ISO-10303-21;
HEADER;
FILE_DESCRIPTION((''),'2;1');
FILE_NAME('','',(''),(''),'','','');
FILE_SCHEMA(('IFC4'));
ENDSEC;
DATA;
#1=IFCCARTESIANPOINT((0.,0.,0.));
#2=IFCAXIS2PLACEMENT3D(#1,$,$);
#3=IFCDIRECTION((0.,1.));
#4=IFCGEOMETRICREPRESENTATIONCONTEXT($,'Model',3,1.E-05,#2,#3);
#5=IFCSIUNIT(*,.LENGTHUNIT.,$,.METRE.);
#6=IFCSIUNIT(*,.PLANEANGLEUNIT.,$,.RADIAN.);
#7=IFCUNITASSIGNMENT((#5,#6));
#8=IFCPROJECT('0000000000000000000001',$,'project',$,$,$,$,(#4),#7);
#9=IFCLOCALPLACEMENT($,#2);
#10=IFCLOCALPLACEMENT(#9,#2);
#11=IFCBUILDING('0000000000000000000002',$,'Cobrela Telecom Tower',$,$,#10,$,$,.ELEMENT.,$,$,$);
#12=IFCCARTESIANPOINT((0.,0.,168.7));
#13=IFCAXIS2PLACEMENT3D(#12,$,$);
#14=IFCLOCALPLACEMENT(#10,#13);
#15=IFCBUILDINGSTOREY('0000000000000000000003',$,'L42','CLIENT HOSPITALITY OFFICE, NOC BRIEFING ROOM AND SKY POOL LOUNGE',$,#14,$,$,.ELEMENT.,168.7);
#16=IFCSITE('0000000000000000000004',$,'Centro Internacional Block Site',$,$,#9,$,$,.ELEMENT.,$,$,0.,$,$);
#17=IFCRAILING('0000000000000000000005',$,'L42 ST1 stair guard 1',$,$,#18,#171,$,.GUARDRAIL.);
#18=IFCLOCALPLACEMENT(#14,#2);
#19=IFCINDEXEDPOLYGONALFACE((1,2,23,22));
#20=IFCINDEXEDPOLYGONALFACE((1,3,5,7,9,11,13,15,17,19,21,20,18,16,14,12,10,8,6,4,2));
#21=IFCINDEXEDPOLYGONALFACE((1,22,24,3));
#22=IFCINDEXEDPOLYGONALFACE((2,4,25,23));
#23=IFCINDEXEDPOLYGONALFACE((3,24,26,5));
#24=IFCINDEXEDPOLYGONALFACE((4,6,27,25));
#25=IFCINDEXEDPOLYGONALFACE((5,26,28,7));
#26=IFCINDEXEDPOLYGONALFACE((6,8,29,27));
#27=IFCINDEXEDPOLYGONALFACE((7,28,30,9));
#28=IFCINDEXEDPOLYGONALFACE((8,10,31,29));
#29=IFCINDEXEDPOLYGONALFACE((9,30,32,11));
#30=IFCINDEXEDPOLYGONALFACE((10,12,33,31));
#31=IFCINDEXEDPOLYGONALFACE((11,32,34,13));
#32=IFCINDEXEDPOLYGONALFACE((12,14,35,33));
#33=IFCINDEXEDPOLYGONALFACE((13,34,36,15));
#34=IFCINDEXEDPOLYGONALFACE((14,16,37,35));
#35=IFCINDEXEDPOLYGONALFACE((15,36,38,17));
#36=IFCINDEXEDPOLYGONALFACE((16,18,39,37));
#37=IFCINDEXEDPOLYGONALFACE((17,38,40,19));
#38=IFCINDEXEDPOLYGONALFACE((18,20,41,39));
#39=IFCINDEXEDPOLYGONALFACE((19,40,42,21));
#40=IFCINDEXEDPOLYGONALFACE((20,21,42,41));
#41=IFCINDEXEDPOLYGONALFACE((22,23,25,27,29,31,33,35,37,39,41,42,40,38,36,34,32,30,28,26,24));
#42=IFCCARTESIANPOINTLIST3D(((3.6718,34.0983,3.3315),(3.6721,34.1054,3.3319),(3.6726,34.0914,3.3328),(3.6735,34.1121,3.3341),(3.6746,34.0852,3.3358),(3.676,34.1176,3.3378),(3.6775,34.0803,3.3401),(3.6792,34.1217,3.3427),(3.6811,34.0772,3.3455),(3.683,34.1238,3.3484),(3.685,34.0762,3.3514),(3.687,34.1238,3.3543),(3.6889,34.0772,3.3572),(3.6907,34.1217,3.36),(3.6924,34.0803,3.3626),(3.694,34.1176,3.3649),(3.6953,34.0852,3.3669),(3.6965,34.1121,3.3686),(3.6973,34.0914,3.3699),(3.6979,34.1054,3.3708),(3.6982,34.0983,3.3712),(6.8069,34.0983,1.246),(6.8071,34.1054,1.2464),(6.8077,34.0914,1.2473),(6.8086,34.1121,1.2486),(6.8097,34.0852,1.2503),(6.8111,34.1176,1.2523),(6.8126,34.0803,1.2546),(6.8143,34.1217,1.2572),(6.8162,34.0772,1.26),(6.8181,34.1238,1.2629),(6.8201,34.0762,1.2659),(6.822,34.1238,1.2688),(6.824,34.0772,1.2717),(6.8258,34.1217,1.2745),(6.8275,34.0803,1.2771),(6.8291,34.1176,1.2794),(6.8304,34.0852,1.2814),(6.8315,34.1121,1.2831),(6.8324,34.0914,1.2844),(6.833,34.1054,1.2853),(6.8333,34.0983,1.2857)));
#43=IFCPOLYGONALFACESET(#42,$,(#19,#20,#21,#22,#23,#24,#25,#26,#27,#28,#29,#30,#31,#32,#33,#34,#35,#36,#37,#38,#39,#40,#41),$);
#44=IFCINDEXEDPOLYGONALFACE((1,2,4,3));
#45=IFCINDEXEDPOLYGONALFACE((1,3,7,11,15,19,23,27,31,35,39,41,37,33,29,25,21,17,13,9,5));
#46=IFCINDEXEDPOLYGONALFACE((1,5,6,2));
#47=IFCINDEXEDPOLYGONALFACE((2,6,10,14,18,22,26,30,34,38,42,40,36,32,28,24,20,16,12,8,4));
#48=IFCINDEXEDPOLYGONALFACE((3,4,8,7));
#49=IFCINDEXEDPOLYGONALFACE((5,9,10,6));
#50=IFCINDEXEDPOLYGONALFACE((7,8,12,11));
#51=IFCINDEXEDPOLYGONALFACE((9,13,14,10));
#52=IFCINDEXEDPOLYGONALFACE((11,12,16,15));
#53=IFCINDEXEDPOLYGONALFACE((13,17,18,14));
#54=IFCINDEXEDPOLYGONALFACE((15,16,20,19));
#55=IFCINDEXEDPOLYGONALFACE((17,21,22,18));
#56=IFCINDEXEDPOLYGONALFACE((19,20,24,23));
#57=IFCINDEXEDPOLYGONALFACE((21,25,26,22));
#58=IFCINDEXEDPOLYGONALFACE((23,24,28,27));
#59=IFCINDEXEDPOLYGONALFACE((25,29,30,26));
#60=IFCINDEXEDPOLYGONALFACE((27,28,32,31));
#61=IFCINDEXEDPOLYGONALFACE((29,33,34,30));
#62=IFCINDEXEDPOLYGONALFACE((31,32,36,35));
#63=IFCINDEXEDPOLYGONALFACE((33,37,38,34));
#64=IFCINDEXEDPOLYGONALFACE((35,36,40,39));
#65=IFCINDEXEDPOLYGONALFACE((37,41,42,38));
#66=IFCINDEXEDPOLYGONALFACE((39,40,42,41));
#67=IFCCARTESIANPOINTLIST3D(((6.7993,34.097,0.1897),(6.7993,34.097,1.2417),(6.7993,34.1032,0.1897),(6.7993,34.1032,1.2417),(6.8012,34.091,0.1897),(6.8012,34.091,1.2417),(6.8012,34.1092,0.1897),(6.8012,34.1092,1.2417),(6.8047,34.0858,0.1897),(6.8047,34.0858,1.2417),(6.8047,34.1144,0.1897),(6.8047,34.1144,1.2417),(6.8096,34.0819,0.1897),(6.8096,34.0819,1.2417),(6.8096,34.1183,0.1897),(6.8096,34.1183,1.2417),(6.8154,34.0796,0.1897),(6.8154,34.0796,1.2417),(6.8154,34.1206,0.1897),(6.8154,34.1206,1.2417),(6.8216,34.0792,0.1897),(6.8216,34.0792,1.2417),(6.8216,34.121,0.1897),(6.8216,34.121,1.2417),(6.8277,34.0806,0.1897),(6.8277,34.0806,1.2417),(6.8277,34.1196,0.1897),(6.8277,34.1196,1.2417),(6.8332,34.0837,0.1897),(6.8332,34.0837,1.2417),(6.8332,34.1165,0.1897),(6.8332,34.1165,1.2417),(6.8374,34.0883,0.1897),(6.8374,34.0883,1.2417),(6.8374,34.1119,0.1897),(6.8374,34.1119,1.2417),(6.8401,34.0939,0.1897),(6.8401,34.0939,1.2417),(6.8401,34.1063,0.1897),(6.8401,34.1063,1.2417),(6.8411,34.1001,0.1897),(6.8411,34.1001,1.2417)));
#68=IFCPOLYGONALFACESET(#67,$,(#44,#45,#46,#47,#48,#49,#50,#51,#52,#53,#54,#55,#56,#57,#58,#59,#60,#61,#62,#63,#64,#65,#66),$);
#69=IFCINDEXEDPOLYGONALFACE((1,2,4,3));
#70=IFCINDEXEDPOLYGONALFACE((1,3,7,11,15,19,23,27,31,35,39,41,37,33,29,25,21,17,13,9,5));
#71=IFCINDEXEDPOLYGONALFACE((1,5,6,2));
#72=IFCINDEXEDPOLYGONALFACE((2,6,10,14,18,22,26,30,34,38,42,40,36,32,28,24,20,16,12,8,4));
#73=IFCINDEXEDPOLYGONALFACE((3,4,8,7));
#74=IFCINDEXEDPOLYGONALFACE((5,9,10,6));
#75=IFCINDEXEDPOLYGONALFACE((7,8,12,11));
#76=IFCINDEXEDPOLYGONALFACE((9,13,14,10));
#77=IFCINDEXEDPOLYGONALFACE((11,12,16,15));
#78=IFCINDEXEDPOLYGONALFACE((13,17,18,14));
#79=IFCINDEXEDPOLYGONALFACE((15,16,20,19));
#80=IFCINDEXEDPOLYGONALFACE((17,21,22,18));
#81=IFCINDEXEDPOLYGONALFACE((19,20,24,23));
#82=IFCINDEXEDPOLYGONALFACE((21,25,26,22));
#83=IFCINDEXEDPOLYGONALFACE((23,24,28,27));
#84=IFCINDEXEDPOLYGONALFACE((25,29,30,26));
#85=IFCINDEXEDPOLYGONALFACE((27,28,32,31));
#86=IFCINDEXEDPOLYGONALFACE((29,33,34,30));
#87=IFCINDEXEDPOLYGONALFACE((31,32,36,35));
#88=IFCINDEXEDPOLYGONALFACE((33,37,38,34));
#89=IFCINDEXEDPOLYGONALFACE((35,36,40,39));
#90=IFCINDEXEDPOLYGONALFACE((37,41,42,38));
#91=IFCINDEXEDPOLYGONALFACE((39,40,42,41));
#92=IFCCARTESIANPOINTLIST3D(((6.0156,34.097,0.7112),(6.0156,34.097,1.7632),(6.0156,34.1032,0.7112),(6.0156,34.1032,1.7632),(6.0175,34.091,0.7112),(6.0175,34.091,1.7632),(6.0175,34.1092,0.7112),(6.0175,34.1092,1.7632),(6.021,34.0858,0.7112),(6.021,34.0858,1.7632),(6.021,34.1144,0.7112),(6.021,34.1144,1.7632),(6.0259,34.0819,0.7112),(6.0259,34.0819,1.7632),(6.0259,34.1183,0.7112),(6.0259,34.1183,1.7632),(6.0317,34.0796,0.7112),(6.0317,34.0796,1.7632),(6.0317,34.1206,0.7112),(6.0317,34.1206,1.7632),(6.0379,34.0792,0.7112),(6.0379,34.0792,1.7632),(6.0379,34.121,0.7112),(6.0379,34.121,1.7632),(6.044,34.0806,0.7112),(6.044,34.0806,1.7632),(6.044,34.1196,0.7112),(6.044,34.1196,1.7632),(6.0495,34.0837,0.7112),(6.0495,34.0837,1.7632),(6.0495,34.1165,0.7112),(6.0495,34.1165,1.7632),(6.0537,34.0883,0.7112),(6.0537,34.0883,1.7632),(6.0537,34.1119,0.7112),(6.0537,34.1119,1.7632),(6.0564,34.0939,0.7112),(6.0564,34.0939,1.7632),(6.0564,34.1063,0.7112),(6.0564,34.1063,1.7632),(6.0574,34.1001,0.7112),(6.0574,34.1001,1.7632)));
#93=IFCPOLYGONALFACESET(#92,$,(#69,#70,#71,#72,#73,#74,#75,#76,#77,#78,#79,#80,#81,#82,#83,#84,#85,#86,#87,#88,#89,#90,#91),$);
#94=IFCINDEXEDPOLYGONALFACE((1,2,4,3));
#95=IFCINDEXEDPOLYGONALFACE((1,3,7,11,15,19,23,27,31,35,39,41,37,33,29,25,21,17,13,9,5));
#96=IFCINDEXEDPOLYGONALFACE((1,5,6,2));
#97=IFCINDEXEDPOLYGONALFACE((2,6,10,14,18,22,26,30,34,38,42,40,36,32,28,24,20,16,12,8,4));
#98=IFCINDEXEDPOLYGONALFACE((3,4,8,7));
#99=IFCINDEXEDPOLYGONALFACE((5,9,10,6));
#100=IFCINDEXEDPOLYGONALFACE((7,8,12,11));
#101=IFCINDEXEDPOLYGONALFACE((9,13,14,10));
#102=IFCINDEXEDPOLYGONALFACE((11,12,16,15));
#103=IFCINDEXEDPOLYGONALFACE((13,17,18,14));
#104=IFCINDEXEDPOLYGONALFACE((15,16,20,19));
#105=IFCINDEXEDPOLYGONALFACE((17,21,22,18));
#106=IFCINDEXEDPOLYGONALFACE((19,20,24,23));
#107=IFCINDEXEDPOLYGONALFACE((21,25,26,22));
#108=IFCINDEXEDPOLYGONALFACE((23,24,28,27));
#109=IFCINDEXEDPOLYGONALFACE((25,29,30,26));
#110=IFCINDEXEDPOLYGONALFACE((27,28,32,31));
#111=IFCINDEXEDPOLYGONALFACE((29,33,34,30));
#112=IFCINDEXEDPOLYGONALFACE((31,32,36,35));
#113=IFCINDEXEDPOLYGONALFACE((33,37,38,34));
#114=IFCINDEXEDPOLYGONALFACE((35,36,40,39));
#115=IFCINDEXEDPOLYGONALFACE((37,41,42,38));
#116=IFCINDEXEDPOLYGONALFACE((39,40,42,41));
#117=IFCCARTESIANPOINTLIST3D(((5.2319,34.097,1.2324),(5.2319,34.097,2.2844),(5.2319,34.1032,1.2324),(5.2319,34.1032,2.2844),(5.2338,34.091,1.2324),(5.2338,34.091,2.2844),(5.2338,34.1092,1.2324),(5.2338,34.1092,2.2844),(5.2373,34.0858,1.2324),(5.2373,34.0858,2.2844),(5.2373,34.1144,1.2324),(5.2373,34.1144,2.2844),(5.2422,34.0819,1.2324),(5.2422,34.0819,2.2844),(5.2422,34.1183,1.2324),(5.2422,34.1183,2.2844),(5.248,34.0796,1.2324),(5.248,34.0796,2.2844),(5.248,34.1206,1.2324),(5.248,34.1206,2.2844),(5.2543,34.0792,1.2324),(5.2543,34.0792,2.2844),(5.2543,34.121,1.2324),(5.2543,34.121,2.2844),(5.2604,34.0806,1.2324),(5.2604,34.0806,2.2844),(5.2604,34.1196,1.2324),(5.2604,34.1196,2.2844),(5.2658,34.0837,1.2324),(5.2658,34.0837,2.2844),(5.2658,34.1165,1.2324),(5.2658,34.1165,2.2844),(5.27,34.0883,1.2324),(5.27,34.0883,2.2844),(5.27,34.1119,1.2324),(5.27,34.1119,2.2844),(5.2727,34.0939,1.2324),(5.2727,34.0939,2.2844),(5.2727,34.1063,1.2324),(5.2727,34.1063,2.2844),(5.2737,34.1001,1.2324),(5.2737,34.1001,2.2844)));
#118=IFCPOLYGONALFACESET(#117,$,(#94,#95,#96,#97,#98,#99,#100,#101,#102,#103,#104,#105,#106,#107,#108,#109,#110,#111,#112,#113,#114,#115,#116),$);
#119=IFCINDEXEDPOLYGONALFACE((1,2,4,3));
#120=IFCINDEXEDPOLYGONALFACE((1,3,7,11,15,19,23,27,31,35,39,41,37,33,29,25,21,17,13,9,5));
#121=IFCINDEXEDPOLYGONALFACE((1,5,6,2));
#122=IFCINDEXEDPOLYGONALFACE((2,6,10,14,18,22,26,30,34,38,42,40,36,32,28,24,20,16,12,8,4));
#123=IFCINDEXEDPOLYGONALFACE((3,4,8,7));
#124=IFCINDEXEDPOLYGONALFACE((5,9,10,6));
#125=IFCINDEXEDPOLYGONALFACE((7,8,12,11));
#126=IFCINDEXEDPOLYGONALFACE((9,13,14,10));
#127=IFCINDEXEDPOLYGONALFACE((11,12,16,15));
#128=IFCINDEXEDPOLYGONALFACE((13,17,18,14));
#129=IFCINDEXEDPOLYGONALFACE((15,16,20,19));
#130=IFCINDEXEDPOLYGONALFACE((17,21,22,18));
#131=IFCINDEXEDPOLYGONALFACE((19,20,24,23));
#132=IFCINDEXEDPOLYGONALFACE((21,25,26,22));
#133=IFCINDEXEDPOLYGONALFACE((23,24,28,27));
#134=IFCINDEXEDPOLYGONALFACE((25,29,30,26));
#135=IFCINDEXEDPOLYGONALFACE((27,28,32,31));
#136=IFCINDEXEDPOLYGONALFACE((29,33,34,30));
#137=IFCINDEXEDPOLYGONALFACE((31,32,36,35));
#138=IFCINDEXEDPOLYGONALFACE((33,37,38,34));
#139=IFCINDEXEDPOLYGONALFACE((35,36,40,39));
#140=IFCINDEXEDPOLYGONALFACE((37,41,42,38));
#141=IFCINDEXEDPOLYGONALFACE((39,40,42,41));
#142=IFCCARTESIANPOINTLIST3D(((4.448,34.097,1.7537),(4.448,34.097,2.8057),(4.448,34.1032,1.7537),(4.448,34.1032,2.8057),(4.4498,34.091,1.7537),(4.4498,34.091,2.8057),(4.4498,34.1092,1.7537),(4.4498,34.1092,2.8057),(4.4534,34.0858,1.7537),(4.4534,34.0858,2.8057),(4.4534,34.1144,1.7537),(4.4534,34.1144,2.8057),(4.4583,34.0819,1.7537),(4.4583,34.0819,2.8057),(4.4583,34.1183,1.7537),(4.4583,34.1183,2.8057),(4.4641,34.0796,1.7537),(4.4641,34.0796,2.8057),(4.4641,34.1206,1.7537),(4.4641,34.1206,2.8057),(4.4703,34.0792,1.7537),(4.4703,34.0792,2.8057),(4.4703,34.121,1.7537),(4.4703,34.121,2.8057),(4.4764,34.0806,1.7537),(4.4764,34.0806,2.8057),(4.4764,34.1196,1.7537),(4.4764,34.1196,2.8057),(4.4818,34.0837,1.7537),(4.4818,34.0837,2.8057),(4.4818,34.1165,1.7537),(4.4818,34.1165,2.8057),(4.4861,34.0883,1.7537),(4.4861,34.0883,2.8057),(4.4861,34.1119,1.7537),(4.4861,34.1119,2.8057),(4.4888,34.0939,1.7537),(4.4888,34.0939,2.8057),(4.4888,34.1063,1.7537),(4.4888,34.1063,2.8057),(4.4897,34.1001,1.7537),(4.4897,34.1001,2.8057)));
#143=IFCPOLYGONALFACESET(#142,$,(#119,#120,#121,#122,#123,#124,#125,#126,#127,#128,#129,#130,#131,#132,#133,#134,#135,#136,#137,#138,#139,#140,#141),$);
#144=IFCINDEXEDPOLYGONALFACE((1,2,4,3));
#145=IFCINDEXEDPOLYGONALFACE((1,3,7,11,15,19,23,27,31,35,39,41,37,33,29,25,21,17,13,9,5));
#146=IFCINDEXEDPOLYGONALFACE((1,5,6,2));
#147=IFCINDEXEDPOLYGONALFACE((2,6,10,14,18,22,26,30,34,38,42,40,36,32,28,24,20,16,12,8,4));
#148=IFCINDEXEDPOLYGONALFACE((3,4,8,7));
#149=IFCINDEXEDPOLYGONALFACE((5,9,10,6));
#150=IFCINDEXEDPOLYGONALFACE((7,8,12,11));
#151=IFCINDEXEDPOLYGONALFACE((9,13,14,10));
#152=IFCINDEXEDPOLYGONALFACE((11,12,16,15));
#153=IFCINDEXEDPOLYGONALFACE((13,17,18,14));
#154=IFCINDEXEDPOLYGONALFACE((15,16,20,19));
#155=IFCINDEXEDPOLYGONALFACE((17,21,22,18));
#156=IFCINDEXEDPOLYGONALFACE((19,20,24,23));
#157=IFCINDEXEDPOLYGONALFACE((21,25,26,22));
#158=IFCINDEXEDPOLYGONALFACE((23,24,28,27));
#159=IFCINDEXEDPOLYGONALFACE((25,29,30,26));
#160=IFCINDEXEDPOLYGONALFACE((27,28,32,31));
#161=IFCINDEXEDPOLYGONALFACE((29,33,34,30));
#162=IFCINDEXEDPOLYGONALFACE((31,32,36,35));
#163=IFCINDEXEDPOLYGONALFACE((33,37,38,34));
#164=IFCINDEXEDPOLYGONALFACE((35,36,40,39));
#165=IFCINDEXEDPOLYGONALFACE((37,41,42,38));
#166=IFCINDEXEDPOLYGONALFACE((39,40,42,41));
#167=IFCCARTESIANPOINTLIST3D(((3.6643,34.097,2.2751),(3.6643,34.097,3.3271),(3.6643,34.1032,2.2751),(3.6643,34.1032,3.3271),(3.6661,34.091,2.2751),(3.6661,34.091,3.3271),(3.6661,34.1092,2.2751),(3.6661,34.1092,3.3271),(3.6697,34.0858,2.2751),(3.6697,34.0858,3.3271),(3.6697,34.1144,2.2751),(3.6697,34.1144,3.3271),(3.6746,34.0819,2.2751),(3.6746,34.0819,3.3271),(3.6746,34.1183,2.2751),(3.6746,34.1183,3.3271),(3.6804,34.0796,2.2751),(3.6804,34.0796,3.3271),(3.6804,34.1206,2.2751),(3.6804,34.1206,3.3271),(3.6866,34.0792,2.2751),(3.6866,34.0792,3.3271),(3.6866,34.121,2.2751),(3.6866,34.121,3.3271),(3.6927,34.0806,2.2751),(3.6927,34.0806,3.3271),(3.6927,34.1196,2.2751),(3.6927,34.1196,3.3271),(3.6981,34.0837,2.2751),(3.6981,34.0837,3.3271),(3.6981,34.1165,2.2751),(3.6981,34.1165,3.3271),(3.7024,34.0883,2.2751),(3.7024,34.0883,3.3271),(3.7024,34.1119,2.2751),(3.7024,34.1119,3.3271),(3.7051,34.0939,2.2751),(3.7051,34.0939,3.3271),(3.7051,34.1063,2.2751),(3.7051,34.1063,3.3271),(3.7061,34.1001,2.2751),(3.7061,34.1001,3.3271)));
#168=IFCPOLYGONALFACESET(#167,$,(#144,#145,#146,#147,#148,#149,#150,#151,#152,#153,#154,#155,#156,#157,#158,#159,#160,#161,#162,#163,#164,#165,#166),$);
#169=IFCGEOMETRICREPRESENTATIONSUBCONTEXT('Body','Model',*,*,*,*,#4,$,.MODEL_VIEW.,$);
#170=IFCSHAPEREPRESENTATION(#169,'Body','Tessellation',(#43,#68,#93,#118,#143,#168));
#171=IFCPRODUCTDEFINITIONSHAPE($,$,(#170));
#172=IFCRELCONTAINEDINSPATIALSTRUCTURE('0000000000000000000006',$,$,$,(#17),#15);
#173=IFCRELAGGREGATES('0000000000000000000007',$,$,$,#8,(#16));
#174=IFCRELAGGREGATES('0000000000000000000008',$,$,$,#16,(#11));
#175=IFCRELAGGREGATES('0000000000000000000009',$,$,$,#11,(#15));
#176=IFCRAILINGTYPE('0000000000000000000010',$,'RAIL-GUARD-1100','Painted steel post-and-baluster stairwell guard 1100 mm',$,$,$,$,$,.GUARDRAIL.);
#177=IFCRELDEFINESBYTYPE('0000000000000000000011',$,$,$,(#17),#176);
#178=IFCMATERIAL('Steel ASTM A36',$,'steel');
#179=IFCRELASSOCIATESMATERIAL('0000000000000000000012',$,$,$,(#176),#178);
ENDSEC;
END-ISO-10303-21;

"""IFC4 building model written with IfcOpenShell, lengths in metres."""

from ifc_helpers import new_model, si_unit, direction, frame, origin, origin_2d, place, context, subcontext, project, spatial, circle, extrude, material, type_object, element, save


model = new_model("IFC4")

# Units and contexts
model_context = context("Model", 3, precision=1e-05, world=origin(), true_north=direction((0.0, 1.0)))
body_context = subcontext(model_context, "Body", "Model", "MODEL_VIEW")
ifc_project = project(units=[si_unit("LENGTHUNIT", "METRE"), si_unit("PLANEANGLEUNIT", "RADIAN")], contexts=[model_context])

# Site, building, storey
site_placement = place(None, origin())
site = spatial("IfcSite", under=ifc_project, at=site_placement, Name="Centro Internacional Block Site", CompositionType="ELEMENT", RefElevation=0.0)
building_placement = place(site_placement, origin())
building = spatial("IfcBuilding", under=site, at=building_placement, Name="Cobrela Telecom Tower", CompositionType="ELEMENT")
storey_placement = place(building_placement, frame((0.0, 0.0, 168.7)))
storey = spatial("IfcBuildingStorey", under=building, at=storey_placement, Name="L42", Description="CLIENT HOSPITALITY OFFICE, NOC BRIEFING ROOM AND SKY POOL LOUNGE", CompositionType="ELEMENT", Elevation=168.7)

# Railing
ifc_material_1 = material(Name="Steel ASTM A36", Category="steel")
railing_type_1 = type_object("IfcRailingType", Name="RAIL-GUARD-1100", Description="Painted steel post-and-baluster stairwell guard 1100 mm", PredefinedType="GUARDRAIL", material=ifc_material_1)
railing_1_placement = place(storey_placement, frame((6.8201, 34.1001, 0.1897)))
element("IfcRailing", 1, at=railing_1_placement, inside=storey, type_object=railing_type_1, Name="L42 ST1 stair guard 1", PredefinedType="GUARDRAIL", context=body_context, shape_type="SweptSolid", body=[
    extrude(circle(Radius=0.0239, at=origin_2d()), frame((0.0, 0.0, 1.0762), z_axis=(-0.832608, 0.0, 0.553862), x_axis=(0.0, -1.0, 0.0)), (0.0, 0.0, 1.0), 3.7654),
    extrude(circle(Radius=0.021, at=origin_2d()), origin(), (0.0, 0.0, 1.0), 1.052),
    extrude(circle(Radius=0.021, at=origin_2d()), frame((-0.7837, 0.0, 0.5215)), (0.0, 0.0, 1.0), 1.052),
    extrude(circle(Radius=0.021, at=origin_2d()), frame((-1.5674, 0.0, 1.0427)), (0.0, 0.0, 1.0), 1.052),
    extrude(circle(Radius=0.021, at=origin_2d()), frame((-2.3513, 0.0, 1.564)), (0.0, 0.0, 1.0), 1.052),
    extrude(circle(Radius=0.021, at=origin_2d()), frame((-3.135, 0.0, 2.0854)), (0.0, 0.0, 1.0), 1.052),
])

save(model, "model.ifc")
